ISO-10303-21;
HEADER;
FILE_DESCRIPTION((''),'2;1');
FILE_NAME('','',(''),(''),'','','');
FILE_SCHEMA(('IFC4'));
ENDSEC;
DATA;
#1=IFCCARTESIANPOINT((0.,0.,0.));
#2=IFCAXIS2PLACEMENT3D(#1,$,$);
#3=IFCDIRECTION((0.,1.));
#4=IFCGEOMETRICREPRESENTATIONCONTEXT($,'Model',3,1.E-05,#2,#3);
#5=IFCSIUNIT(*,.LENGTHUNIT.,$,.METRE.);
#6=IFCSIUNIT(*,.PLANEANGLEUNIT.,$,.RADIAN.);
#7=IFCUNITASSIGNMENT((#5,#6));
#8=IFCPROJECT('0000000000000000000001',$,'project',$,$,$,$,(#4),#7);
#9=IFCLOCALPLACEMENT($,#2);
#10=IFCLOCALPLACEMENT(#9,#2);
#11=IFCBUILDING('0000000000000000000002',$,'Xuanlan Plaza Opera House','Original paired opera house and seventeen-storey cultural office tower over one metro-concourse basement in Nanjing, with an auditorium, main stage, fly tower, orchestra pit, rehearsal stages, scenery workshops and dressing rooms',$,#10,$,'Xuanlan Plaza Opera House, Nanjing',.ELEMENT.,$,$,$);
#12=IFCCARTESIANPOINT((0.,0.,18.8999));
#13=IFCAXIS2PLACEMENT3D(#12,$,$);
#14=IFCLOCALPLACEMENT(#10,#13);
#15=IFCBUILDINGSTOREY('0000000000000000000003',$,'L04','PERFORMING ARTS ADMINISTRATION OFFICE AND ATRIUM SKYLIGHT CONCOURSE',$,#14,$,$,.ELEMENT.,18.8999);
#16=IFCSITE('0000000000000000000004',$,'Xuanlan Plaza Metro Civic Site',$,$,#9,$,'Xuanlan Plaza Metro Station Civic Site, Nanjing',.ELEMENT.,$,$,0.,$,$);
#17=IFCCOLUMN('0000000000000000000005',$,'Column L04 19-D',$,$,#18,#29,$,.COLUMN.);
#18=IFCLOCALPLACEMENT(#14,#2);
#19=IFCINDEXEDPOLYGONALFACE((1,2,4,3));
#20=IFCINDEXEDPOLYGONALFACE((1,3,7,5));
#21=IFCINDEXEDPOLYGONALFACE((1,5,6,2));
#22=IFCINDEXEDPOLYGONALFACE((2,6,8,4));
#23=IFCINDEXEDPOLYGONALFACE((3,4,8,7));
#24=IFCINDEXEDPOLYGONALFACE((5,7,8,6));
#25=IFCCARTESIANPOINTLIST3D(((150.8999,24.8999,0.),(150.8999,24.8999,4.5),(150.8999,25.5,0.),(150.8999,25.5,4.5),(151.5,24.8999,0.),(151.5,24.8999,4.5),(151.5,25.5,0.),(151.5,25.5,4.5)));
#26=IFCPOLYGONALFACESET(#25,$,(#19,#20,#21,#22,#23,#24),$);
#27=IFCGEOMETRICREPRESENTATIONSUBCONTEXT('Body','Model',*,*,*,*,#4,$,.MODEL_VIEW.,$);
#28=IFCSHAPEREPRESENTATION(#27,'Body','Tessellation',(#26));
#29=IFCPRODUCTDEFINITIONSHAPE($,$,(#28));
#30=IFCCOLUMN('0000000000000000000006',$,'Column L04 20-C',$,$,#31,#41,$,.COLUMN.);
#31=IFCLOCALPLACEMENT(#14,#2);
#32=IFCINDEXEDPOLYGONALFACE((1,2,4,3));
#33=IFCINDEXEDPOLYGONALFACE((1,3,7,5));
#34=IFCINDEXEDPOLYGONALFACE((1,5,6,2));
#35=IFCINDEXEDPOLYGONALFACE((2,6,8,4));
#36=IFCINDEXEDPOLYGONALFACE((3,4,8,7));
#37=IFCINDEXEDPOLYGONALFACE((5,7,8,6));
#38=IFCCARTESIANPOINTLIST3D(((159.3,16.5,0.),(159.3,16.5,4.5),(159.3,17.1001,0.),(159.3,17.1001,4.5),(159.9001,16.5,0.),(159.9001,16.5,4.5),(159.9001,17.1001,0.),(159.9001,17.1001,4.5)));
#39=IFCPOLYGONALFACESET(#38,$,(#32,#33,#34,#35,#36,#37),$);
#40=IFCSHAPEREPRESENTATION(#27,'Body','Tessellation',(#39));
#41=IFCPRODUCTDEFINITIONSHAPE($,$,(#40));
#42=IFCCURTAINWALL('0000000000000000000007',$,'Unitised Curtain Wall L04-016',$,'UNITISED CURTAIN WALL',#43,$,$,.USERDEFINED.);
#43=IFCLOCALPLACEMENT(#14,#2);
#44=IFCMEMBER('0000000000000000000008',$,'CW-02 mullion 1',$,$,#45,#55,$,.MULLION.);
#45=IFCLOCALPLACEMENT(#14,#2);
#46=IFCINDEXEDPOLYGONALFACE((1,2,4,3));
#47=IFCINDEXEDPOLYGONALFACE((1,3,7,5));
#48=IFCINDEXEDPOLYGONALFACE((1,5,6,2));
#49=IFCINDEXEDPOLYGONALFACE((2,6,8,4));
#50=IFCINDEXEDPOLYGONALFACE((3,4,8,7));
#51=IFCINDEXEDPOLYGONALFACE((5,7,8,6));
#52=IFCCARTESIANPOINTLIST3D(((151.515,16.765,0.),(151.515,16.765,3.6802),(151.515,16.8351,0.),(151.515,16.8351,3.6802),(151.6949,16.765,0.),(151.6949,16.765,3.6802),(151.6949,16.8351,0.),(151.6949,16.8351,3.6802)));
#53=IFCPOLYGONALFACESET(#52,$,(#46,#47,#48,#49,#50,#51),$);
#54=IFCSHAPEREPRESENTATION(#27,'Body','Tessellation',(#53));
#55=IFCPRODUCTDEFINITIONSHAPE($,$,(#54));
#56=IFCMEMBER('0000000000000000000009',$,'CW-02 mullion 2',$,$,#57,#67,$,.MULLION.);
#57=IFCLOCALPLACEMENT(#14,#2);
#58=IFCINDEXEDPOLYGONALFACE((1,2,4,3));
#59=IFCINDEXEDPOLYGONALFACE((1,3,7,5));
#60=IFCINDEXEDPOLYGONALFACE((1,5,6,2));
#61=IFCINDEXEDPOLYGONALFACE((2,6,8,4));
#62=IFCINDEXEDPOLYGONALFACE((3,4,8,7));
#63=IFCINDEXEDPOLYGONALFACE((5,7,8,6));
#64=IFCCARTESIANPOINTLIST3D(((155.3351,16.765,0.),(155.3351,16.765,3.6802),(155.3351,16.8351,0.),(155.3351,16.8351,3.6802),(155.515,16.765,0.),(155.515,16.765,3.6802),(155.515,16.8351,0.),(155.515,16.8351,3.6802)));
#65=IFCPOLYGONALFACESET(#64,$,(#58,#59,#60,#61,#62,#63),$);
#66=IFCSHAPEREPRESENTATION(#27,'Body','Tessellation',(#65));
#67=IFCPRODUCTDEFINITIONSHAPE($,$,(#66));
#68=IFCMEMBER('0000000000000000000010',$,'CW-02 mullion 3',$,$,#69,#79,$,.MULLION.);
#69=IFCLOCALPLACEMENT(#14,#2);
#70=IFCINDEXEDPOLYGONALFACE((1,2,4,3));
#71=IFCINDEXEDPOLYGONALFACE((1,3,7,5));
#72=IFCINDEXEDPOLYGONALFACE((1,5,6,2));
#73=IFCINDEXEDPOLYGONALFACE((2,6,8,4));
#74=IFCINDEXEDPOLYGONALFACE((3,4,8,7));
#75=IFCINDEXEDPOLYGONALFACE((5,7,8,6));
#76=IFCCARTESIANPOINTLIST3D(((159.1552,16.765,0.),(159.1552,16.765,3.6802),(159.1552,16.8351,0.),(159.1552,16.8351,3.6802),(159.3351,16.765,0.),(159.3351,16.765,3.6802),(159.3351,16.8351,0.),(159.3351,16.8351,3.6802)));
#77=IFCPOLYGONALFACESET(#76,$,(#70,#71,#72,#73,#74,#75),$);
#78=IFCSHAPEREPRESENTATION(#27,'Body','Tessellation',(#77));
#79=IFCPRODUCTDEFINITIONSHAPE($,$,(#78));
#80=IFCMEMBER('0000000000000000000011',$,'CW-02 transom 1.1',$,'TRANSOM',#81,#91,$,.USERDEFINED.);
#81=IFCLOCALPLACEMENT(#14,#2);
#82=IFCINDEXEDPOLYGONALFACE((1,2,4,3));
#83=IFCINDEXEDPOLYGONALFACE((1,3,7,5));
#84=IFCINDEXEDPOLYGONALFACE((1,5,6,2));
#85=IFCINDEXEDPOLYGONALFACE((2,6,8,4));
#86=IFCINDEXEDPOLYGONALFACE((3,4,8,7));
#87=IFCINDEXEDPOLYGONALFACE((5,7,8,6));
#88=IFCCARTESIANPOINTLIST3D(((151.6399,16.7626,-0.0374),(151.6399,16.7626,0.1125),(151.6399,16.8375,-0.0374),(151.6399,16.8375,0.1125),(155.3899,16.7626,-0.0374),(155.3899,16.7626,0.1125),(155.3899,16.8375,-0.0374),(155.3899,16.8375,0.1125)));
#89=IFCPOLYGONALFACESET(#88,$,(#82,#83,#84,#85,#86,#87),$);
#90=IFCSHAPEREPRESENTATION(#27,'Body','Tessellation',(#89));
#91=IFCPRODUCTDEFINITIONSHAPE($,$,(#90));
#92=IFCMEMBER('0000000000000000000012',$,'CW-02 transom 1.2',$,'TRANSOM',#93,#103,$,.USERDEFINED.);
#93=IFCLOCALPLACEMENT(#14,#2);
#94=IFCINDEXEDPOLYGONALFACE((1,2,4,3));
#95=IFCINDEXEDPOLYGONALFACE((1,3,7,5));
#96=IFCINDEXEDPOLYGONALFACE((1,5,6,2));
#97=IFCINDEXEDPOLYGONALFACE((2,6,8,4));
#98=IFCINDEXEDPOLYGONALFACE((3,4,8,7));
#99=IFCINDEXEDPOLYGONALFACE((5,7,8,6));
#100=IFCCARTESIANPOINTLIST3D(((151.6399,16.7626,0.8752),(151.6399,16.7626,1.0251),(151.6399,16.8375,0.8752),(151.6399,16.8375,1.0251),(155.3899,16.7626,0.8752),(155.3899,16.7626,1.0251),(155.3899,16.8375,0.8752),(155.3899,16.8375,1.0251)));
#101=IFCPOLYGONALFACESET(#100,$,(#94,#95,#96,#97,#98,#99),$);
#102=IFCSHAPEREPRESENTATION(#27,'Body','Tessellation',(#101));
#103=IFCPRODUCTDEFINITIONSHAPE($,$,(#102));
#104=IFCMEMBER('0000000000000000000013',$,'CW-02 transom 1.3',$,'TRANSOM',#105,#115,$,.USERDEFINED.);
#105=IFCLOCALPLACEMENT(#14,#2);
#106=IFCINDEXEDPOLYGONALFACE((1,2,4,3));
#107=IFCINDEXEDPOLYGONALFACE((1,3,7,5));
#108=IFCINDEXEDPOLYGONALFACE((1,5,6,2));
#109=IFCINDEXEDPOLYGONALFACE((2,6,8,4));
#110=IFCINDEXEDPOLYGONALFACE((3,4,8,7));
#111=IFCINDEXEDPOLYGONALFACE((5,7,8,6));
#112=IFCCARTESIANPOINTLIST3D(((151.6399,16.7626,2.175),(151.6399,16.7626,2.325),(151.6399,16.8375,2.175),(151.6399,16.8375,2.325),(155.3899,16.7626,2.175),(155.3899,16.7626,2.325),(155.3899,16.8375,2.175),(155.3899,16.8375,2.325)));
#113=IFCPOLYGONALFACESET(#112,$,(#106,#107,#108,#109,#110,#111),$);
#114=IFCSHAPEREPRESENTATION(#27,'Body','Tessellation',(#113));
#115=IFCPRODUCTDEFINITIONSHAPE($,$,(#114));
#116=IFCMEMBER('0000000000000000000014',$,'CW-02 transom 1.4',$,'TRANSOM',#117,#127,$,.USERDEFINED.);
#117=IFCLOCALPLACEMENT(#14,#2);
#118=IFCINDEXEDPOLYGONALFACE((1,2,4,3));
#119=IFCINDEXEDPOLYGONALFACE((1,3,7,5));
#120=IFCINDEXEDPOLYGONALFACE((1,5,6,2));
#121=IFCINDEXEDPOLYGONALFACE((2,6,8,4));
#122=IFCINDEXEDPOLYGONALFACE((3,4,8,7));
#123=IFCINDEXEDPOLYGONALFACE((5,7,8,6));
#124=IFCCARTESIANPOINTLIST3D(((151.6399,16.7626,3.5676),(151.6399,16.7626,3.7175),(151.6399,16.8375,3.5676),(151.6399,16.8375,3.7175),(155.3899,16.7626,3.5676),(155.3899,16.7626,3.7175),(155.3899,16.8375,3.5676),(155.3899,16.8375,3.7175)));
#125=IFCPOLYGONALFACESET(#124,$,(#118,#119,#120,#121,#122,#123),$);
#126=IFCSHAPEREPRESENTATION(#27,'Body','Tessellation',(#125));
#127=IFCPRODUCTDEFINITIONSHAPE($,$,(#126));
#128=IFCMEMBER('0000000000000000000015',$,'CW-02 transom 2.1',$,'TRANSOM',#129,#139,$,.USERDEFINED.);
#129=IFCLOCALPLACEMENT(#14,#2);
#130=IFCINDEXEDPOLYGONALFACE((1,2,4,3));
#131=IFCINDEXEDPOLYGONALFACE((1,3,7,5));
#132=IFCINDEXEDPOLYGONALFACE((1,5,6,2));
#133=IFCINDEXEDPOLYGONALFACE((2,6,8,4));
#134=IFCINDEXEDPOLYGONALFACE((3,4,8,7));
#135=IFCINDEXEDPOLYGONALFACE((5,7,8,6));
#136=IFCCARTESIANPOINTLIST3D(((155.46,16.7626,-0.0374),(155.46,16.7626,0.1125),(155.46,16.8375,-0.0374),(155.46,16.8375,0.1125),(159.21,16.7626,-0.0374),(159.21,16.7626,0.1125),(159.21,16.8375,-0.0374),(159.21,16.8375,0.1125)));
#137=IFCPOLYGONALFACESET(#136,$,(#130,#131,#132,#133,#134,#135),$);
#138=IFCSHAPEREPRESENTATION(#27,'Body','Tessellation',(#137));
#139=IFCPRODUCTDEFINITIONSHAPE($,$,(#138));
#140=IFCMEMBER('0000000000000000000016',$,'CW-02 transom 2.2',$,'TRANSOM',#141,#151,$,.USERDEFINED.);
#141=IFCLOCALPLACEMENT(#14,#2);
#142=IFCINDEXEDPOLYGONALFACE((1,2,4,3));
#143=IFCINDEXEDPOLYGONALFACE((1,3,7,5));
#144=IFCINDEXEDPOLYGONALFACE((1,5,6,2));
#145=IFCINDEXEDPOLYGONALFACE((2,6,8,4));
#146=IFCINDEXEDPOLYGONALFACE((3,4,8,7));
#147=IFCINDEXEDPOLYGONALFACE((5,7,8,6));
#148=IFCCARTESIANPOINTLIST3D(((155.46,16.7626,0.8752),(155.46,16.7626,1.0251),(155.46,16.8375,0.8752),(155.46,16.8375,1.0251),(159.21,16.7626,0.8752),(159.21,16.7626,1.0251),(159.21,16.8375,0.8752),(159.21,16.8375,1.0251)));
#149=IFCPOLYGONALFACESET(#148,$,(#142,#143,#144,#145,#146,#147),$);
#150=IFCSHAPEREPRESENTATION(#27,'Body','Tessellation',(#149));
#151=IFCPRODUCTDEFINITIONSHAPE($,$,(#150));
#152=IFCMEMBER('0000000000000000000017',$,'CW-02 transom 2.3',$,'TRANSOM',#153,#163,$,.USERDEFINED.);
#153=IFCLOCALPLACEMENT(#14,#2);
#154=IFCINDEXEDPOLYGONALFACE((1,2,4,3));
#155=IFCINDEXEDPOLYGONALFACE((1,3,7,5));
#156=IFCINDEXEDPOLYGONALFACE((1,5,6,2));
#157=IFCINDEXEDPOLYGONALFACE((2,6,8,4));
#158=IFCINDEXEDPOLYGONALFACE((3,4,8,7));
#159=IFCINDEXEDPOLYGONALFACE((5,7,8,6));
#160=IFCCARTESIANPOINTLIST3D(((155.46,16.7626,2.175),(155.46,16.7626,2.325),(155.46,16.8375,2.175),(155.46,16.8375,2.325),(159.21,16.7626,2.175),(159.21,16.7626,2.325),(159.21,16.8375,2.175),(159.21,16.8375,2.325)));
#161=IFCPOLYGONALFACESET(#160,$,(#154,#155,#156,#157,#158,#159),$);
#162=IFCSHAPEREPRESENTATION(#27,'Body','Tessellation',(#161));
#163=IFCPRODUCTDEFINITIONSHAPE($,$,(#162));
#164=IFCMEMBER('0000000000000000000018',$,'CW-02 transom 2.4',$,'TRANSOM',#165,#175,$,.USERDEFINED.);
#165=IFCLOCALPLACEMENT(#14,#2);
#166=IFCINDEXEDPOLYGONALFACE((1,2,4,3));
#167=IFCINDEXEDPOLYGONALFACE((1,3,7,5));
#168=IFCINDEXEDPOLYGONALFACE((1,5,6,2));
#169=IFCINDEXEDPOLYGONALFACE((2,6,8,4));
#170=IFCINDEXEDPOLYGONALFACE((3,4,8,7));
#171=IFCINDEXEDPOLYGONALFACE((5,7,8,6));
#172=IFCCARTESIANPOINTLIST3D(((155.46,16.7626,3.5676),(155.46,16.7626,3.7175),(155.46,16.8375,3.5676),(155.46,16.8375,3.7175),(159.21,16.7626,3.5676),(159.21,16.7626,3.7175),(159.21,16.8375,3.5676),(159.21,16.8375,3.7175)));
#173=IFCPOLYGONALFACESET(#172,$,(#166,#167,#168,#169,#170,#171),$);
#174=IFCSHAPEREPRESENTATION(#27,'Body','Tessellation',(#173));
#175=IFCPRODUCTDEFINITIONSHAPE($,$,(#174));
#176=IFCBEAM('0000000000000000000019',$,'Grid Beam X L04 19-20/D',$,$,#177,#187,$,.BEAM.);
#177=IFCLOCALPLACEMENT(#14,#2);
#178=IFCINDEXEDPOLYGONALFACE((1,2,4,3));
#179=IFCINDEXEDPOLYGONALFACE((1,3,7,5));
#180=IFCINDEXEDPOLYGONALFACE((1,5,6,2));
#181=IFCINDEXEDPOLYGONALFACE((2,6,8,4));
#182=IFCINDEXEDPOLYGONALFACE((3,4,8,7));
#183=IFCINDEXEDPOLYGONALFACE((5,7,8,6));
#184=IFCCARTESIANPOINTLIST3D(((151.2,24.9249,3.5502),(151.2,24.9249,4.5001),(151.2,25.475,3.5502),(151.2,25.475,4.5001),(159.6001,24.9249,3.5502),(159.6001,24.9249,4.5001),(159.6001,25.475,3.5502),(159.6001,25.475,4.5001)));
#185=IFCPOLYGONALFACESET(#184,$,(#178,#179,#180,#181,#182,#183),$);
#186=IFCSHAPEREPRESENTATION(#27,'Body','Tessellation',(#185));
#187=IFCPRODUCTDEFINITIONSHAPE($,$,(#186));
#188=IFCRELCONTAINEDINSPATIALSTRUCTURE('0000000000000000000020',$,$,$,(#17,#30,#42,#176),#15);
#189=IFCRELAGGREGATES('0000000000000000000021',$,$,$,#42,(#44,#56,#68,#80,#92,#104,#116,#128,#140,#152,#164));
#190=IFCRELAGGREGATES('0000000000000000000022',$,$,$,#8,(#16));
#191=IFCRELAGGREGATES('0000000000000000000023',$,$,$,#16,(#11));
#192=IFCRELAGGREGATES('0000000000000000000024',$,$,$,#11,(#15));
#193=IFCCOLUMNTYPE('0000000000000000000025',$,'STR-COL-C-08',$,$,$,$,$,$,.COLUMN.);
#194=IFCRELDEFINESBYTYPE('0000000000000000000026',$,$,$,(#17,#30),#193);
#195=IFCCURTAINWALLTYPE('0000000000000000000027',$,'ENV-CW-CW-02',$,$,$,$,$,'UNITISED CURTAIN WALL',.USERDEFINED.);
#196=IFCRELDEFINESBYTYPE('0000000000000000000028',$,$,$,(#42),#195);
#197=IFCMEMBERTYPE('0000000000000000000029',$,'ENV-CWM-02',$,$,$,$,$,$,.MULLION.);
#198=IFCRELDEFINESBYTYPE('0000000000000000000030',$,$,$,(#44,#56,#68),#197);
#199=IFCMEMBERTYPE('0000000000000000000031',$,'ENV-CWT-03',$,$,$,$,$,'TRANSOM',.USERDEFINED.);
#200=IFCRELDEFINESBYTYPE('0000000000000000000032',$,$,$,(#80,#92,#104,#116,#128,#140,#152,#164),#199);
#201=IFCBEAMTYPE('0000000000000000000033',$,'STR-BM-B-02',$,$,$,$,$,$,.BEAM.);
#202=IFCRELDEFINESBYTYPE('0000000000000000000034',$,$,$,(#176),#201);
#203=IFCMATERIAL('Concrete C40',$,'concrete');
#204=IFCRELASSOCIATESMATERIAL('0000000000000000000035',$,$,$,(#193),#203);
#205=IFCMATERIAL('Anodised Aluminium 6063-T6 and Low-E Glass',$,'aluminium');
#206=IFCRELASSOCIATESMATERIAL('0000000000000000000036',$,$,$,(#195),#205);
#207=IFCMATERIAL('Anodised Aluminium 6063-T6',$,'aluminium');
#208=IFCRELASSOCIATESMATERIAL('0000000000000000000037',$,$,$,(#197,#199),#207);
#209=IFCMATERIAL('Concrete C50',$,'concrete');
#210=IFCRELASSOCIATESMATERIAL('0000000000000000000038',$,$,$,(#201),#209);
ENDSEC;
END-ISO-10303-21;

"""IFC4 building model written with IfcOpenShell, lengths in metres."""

from ifc_helpers import new_model, si_unit, direction, frame, origin, origin_2d, place, context, subcontext, project, spatial, rectangle, extrude, material, material_profile, profile_set, type_object, element, aggregate, save


model = new_model("IFC4")

# Units and contexts
model_context = context("Model", 3, precision=1e-05, world=origin(), true_north=direction((0.0, 1.0)))
body_context = subcontext(model_context, "Body", "Model", "MODEL_VIEW")
ifc_project = project(units=[si_unit("LENGTHUNIT", "METRE"), si_unit("PLANEANGLEUNIT", "RADIAN")], contexts=[model_context])

# Site, building, storey
site_placement = place(None, origin())
site = spatial("IfcSite", under=ifc_project, at=site_placement, Name="Xuanlan Plaza Metro Civic Site", LongName="Xuanlan Plaza Metro Station Civic Site, Nanjing", CompositionType="ELEMENT", RefElevation=0.0)
building_placement = place(site_placement, origin())
building = spatial("IfcBuilding", under=site, at=building_placement, Name="Xuanlan Plaza Opera House", Description="Original paired opera house and seventeen-storey cultural office tower over one metro-concourse basement in Nanjing, with an auditorium, main stage, fly tower, orchestra pit, rehearsal stages, scenery workshops and dressing rooms", LongName="Xuanlan Plaza Opera House, Nanjing", CompositionType="ELEMENT")
storey_placement = place(building_placement, frame((0.0, 0.0, 18.8999)))
storey = spatial("IfcBuildingStorey", under=building, at=storey_placement, Name="L04", Description="PERFORMING ARTS ADMINISTRATION OFFICE AND ATRIUM SKYLIGHT CONCOURSE", CompositionType="ELEMENT", Elevation=18.8999)

# Columns
ifc_material_1 = material(Name="Concrete C40", Category="concrete")
ifc_material_profile_1 = material_profile(ifc_material_1, rectangle(XDim=0.6001, YDim=0.6001, at=origin_2d()), Name="RC-COL 600x600")
ifc_profile_set_1 = profile_set([ifc_material_profile_1], Name="Concrete C40")
column_type = type_object("IfcColumnType", Name="STR-COL-C-08", PredefinedType="COLUMN", material=ifc_profile_set_1)
for number, where, z_axis, x_axis, name in (
    (1, (151.2, 25.2, 0.0), (0.0, 0.0, 1.0), (1.0, 0.0, 0.0), "Column L04 19-D"),
    (2, (159.6001, 16.8, 0.0), (0.0, 0.0, 1.0), (1.0, 0.0, 0.0), "Column L04 20-C"),
):
    element("IfcColumn", number, at=place(storey_placement, frame(where, z_axis=z_axis, x_axis=x_axis)), inside=storey, type_object=column_type, Name=name, PredefinedType="COLUMN", context=body_context, shape_type="SweptSolid", body=[
        extrude(rectangle(XDim=0.6001, YDim=0.6001, at=origin_2d()), origin(), (0.0, 0.0, 1.0), 4.5),
    ])

# Curtain wall, members
ifc_material_2 = material(Name="Anodised Aluminium 6063-T6 and Low-E Glass", Category="aluminium")
curtain_wall_type = type_object("IfcCurtainWallType", Name="ENV-CW-CW-02", ElementType="UNITISED CURTAIN WALL", PredefinedType="USERDEFINED", material=ifc_material_2)
curtain_wall_placement = place(storey_placement, origin())
curtain_wall = element("IfcCurtainWall", 3, at=curtain_wall_placement, inside=storey, type_object=curtain_wall_type, Name="Unitised Curtain Wall L04-016", ObjectType="UNITISED CURTAIN WALL", PredefinedType="USERDEFINED")
ifc_material_3 = material(Name="Anodised Aluminium 6063-T6", Category="aluminium")
ifc_material_profile_2 = material_profile(ifc_material_3, rectangle(XDim=0.0701, YDim=0.1799, at=origin_2d()), Name="ALU-M 70x180")
ifc_profile_set_2 = profile_set([ifc_material_profile_2], Name="Anodised Aluminium 6063-T6")
member_type_1 = type_object("IfcMemberType", Name="ENV-CWM-02", PredefinedType="MULLION", material=ifc_profile_set_2)
member_1_placement = place(storey_placement, frame((151.605, 16.8, 0.0), z_axis=(0.0, 0.0, 1.0), x_axis=(0.0, 1.0, 0.0)))
member_1 = element("IfcMember", 4, at=member_1_placement, type_object=member_type_1, Name="CW-02 mullion 1", PredefinedType="MULLION", context=body_context, shape_type="SweptSolid", body=[
    extrude(rectangle(XDim=0.0701, YDim=0.1799, at=origin_2d()), origin(), (0.0, 0.0, 1.0), 3.6802),
])
member_2_placement = place(storey_placement, frame((155.425, 16.8, 0.0), z_axis=(0.0, 0.0, 1.0), x_axis=(0.0, 1.0, 0.0)))
member_2 = element("IfcMember", 5, at=member_2_placement, type_object=member_type_1, Name="CW-02 mullion 2", PredefinedType="MULLION", context=body_context, shape_type="SweptSolid", body=[
    extrude(rectangle(XDim=0.0701, YDim=0.1799, at=origin_2d()), origin(), (0.0, 0.0, 1.0), 3.6802),
])
member_3_placement = place(storey_placement, frame((159.2451, 16.8, 0.0), z_axis=(0.0, 0.0, 1.0), x_axis=(0.0, 1.0, 0.0)))
member_3 = element("IfcMember", 6, at=member_3_placement, type_object=member_type_1, Name="CW-02 mullion 3", PredefinedType="MULLION", context=body_context, shape_type="SweptSolid", body=[
    extrude(rectangle(XDim=0.0701, YDim=0.1799, at=origin_2d()), origin(), (0.0, 0.0, 1.0), 3.6802),
])
ifc_material_profile_3 = material_profile(ifc_material_3, rectangle(XDim=0.075, YDim=0.1499, at=origin_2d()), Name="ALU-T 75x150")
ifc_profile_set_3 = profile_set([ifc_material_profile_3], Name="Anodised Aluminium 6063-T6")
member_type_2 = type_object("IfcMemberType", Name="ENV-CWT-03", ElementType="TRANSOM", PredefinedType="USERDEFINED", material=ifc_profile_set_3)
member_4_placement = place(storey_placement, frame((151.6399, 16.8, 0.0376), z_axis=(1.0, 0.0, 0.0), x_axis=(0.0, 1.0, 0.0)))
member_4 = element("IfcMember", 7, at=member_4_placement, type_object=member_type_2, Name="CW-02 transom 1.1", ObjectType="TRANSOM", PredefinedType="USERDEFINED", context=body_context, shape_type="SweptSolid", body=[
    extrude(rectangle(XDim=0.075, YDim=0.1499, at=origin_2d()), origin(), (0.0, 0.0, 1.0), 3.75),
])
member_5_placement = place(storey_placement, frame((151.6399, 16.8, 0.9502), z_axis=(1.0, 0.0, 0.0), x_axis=(0.0, 1.0, 0.0)))
member_5 = element("IfcMember", 8, at=member_5_placement, type_object=member_type_2, Name="CW-02 transom 1.2", ObjectType="TRANSOM", PredefinedType="USERDEFINED", context=body_context, shape_type="SweptSolid", body=[
    extrude(rectangle(XDim=0.075, YDim=0.1499, at=origin_2d()), origin(), (0.0, 0.0, 1.0), 3.75),
])
member_6_placement = place(storey_placement, frame((151.6399, 16.8, 2.25), z_axis=(1.0, 0.0, 0.0), x_axis=(0.0, 1.0, 0.0)))
member_6 = element("IfcMember", 9, at=member_6_placement, type_object=member_type_2, Name="CW-02 transom 1.3", ObjectType="TRANSOM", PredefinedType="USERDEFINED", context=body_context, shape_type="SweptSolid", body=[
    extrude(rectangle(XDim=0.075, YDim=0.1499, at=origin_2d()), origin(), (0.0, 0.0, 1.0), 3.75),
])
member_7_placement = place(storey_placement, frame((151.6399, 16.8, 3.6426), z_axis=(1.0, 0.0, 0.0), x_axis=(0.0, 1.0, 0.0)))
member_7 = element("IfcMember", 10, at=member_7_placement, type_object=member_type_2, Name="CW-02 transom 1.4", ObjectType="TRANSOM", PredefinedType="USERDEFINED", context=body_context, shape_type="SweptSolid", body=[
    extrude(rectangle(XDim=0.075, YDim=0.1499, at=origin_2d()), origin(), (0.0, 0.0, 1.0), 3.75),
])
member_8_placement = place(storey_placement, frame((155.46, 16.8, 0.0376), z_axis=(1.0, 0.0, 0.0), x_axis=(0.0, 1.0, 0.0)))
member_8 = element("IfcMember", 11, at=member_8_placement, type_object=member_type_2, Name="CW-02 transom 2.1", ObjectType="TRANSOM", PredefinedType="USERDEFINED", context=body_context, shape_type="SweptSolid", body=[
    extrude(rectangle(XDim=0.075, YDim=0.1499, at=origin_2d()), origin(), (0.0, 0.0, 1.0), 3.75),
])
member_9_placement = place(storey_placement, frame((155.46, 16.8, 0.9502), z_axis=(1.0, 0.0, 0.0), x_axis=(0.0, 1.0, 0.0)))
member_9 = element("IfcMember", 12, at=member_9_placement, type_object=member_type_2, Name="CW-02 transom 2.2", ObjectType="TRANSOM", PredefinedType="USERDEFINED", context=body_context, shape_type="SweptSolid", body=[
    extrude(rectangle(XDim=0.075, YDim=0.1499, at=origin_2d()), origin(), (0.0, 0.0, 1.0), 3.75),
])
member_10_placement = place(storey_placement, frame((155.46, 16.8, 2.25), z_axis=(1.0, 0.0, 0.0), x_axis=(0.0, 1.0, 0.0)))
member_10 = element("IfcMember", 13, at=member_10_placement, type_object=member_type_2, Name="CW-02 transom 2.3", ObjectType="TRANSOM", PredefinedType="USERDEFINED", context=body_context, shape_type="SweptSolid", body=[
    extrude(rectangle(XDim=0.075, YDim=0.1499, at=origin_2d()), origin(), (0.0, 0.0, 1.0), 3.75),
])
member_11_placement = place(storey_placement, frame((155.46, 16.8, 3.6426), z_axis=(1.0, 0.0, 0.0), x_axis=(0.0, 1.0, 0.0)))
member_11 = element("IfcMember", 14, at=member_11_placement, type_object=member_type_2, Name="CW-02 transom 2.4", ObjectType="TRANSOM", PredefinedType="USERDEFINED", context=body_context, shape_type="SweptSolid", body=[
    extrude(rectangle(XDim=0.075, YDim=0.1499, at=origin_2d()), origin(), (0.0, 0.0, 1.0), 3.75),
])

# Beam
ifc_material_4 = material(Name="Concrete C50", Category="concrete")
ifc_material_profile_4 = material_profile(ifc_material_4, rectangle(XDim=0.55, YDim=0.95, at=origin_2d()), Name="RC-BM 550x950")
ifc_profile_set_4 = profile_set([ifc_material_profile_4], Name="Concrete C50")
beam_type_1 = type_object("IfcBeamType", Name="STR-BM-B-02", PredefinedType="BEAM", material=ifc_profile_set_4)
beam_1_placement = place(storey_placement, frame((151.2, 25.2, 4.0251), z_axis=(1.0, 0.0, 0.0), x_axis=(0.0, 1.0, 0.0)))
element("IfcBeam", 15, at=beam_1_placement, inside=storey, type_object=beam_type_1, Name="Grid Beam X L04 19-20/D", PredefinedType="BEAM", context=body_context, shape_type="SweptSolid", body=[
    extrude(rectangle(XDim=0.55, YDim=0.95, at=origin_2d()), origin(), (0.0, 0.0, 1.0), 8.4001),
])

aggregate(curtain_wall, [member_1, member_2, member_3, member_4, member_5, member_6, member_7, member_8, member_9, member_10, member_11])

save(model, "model.ifc")
